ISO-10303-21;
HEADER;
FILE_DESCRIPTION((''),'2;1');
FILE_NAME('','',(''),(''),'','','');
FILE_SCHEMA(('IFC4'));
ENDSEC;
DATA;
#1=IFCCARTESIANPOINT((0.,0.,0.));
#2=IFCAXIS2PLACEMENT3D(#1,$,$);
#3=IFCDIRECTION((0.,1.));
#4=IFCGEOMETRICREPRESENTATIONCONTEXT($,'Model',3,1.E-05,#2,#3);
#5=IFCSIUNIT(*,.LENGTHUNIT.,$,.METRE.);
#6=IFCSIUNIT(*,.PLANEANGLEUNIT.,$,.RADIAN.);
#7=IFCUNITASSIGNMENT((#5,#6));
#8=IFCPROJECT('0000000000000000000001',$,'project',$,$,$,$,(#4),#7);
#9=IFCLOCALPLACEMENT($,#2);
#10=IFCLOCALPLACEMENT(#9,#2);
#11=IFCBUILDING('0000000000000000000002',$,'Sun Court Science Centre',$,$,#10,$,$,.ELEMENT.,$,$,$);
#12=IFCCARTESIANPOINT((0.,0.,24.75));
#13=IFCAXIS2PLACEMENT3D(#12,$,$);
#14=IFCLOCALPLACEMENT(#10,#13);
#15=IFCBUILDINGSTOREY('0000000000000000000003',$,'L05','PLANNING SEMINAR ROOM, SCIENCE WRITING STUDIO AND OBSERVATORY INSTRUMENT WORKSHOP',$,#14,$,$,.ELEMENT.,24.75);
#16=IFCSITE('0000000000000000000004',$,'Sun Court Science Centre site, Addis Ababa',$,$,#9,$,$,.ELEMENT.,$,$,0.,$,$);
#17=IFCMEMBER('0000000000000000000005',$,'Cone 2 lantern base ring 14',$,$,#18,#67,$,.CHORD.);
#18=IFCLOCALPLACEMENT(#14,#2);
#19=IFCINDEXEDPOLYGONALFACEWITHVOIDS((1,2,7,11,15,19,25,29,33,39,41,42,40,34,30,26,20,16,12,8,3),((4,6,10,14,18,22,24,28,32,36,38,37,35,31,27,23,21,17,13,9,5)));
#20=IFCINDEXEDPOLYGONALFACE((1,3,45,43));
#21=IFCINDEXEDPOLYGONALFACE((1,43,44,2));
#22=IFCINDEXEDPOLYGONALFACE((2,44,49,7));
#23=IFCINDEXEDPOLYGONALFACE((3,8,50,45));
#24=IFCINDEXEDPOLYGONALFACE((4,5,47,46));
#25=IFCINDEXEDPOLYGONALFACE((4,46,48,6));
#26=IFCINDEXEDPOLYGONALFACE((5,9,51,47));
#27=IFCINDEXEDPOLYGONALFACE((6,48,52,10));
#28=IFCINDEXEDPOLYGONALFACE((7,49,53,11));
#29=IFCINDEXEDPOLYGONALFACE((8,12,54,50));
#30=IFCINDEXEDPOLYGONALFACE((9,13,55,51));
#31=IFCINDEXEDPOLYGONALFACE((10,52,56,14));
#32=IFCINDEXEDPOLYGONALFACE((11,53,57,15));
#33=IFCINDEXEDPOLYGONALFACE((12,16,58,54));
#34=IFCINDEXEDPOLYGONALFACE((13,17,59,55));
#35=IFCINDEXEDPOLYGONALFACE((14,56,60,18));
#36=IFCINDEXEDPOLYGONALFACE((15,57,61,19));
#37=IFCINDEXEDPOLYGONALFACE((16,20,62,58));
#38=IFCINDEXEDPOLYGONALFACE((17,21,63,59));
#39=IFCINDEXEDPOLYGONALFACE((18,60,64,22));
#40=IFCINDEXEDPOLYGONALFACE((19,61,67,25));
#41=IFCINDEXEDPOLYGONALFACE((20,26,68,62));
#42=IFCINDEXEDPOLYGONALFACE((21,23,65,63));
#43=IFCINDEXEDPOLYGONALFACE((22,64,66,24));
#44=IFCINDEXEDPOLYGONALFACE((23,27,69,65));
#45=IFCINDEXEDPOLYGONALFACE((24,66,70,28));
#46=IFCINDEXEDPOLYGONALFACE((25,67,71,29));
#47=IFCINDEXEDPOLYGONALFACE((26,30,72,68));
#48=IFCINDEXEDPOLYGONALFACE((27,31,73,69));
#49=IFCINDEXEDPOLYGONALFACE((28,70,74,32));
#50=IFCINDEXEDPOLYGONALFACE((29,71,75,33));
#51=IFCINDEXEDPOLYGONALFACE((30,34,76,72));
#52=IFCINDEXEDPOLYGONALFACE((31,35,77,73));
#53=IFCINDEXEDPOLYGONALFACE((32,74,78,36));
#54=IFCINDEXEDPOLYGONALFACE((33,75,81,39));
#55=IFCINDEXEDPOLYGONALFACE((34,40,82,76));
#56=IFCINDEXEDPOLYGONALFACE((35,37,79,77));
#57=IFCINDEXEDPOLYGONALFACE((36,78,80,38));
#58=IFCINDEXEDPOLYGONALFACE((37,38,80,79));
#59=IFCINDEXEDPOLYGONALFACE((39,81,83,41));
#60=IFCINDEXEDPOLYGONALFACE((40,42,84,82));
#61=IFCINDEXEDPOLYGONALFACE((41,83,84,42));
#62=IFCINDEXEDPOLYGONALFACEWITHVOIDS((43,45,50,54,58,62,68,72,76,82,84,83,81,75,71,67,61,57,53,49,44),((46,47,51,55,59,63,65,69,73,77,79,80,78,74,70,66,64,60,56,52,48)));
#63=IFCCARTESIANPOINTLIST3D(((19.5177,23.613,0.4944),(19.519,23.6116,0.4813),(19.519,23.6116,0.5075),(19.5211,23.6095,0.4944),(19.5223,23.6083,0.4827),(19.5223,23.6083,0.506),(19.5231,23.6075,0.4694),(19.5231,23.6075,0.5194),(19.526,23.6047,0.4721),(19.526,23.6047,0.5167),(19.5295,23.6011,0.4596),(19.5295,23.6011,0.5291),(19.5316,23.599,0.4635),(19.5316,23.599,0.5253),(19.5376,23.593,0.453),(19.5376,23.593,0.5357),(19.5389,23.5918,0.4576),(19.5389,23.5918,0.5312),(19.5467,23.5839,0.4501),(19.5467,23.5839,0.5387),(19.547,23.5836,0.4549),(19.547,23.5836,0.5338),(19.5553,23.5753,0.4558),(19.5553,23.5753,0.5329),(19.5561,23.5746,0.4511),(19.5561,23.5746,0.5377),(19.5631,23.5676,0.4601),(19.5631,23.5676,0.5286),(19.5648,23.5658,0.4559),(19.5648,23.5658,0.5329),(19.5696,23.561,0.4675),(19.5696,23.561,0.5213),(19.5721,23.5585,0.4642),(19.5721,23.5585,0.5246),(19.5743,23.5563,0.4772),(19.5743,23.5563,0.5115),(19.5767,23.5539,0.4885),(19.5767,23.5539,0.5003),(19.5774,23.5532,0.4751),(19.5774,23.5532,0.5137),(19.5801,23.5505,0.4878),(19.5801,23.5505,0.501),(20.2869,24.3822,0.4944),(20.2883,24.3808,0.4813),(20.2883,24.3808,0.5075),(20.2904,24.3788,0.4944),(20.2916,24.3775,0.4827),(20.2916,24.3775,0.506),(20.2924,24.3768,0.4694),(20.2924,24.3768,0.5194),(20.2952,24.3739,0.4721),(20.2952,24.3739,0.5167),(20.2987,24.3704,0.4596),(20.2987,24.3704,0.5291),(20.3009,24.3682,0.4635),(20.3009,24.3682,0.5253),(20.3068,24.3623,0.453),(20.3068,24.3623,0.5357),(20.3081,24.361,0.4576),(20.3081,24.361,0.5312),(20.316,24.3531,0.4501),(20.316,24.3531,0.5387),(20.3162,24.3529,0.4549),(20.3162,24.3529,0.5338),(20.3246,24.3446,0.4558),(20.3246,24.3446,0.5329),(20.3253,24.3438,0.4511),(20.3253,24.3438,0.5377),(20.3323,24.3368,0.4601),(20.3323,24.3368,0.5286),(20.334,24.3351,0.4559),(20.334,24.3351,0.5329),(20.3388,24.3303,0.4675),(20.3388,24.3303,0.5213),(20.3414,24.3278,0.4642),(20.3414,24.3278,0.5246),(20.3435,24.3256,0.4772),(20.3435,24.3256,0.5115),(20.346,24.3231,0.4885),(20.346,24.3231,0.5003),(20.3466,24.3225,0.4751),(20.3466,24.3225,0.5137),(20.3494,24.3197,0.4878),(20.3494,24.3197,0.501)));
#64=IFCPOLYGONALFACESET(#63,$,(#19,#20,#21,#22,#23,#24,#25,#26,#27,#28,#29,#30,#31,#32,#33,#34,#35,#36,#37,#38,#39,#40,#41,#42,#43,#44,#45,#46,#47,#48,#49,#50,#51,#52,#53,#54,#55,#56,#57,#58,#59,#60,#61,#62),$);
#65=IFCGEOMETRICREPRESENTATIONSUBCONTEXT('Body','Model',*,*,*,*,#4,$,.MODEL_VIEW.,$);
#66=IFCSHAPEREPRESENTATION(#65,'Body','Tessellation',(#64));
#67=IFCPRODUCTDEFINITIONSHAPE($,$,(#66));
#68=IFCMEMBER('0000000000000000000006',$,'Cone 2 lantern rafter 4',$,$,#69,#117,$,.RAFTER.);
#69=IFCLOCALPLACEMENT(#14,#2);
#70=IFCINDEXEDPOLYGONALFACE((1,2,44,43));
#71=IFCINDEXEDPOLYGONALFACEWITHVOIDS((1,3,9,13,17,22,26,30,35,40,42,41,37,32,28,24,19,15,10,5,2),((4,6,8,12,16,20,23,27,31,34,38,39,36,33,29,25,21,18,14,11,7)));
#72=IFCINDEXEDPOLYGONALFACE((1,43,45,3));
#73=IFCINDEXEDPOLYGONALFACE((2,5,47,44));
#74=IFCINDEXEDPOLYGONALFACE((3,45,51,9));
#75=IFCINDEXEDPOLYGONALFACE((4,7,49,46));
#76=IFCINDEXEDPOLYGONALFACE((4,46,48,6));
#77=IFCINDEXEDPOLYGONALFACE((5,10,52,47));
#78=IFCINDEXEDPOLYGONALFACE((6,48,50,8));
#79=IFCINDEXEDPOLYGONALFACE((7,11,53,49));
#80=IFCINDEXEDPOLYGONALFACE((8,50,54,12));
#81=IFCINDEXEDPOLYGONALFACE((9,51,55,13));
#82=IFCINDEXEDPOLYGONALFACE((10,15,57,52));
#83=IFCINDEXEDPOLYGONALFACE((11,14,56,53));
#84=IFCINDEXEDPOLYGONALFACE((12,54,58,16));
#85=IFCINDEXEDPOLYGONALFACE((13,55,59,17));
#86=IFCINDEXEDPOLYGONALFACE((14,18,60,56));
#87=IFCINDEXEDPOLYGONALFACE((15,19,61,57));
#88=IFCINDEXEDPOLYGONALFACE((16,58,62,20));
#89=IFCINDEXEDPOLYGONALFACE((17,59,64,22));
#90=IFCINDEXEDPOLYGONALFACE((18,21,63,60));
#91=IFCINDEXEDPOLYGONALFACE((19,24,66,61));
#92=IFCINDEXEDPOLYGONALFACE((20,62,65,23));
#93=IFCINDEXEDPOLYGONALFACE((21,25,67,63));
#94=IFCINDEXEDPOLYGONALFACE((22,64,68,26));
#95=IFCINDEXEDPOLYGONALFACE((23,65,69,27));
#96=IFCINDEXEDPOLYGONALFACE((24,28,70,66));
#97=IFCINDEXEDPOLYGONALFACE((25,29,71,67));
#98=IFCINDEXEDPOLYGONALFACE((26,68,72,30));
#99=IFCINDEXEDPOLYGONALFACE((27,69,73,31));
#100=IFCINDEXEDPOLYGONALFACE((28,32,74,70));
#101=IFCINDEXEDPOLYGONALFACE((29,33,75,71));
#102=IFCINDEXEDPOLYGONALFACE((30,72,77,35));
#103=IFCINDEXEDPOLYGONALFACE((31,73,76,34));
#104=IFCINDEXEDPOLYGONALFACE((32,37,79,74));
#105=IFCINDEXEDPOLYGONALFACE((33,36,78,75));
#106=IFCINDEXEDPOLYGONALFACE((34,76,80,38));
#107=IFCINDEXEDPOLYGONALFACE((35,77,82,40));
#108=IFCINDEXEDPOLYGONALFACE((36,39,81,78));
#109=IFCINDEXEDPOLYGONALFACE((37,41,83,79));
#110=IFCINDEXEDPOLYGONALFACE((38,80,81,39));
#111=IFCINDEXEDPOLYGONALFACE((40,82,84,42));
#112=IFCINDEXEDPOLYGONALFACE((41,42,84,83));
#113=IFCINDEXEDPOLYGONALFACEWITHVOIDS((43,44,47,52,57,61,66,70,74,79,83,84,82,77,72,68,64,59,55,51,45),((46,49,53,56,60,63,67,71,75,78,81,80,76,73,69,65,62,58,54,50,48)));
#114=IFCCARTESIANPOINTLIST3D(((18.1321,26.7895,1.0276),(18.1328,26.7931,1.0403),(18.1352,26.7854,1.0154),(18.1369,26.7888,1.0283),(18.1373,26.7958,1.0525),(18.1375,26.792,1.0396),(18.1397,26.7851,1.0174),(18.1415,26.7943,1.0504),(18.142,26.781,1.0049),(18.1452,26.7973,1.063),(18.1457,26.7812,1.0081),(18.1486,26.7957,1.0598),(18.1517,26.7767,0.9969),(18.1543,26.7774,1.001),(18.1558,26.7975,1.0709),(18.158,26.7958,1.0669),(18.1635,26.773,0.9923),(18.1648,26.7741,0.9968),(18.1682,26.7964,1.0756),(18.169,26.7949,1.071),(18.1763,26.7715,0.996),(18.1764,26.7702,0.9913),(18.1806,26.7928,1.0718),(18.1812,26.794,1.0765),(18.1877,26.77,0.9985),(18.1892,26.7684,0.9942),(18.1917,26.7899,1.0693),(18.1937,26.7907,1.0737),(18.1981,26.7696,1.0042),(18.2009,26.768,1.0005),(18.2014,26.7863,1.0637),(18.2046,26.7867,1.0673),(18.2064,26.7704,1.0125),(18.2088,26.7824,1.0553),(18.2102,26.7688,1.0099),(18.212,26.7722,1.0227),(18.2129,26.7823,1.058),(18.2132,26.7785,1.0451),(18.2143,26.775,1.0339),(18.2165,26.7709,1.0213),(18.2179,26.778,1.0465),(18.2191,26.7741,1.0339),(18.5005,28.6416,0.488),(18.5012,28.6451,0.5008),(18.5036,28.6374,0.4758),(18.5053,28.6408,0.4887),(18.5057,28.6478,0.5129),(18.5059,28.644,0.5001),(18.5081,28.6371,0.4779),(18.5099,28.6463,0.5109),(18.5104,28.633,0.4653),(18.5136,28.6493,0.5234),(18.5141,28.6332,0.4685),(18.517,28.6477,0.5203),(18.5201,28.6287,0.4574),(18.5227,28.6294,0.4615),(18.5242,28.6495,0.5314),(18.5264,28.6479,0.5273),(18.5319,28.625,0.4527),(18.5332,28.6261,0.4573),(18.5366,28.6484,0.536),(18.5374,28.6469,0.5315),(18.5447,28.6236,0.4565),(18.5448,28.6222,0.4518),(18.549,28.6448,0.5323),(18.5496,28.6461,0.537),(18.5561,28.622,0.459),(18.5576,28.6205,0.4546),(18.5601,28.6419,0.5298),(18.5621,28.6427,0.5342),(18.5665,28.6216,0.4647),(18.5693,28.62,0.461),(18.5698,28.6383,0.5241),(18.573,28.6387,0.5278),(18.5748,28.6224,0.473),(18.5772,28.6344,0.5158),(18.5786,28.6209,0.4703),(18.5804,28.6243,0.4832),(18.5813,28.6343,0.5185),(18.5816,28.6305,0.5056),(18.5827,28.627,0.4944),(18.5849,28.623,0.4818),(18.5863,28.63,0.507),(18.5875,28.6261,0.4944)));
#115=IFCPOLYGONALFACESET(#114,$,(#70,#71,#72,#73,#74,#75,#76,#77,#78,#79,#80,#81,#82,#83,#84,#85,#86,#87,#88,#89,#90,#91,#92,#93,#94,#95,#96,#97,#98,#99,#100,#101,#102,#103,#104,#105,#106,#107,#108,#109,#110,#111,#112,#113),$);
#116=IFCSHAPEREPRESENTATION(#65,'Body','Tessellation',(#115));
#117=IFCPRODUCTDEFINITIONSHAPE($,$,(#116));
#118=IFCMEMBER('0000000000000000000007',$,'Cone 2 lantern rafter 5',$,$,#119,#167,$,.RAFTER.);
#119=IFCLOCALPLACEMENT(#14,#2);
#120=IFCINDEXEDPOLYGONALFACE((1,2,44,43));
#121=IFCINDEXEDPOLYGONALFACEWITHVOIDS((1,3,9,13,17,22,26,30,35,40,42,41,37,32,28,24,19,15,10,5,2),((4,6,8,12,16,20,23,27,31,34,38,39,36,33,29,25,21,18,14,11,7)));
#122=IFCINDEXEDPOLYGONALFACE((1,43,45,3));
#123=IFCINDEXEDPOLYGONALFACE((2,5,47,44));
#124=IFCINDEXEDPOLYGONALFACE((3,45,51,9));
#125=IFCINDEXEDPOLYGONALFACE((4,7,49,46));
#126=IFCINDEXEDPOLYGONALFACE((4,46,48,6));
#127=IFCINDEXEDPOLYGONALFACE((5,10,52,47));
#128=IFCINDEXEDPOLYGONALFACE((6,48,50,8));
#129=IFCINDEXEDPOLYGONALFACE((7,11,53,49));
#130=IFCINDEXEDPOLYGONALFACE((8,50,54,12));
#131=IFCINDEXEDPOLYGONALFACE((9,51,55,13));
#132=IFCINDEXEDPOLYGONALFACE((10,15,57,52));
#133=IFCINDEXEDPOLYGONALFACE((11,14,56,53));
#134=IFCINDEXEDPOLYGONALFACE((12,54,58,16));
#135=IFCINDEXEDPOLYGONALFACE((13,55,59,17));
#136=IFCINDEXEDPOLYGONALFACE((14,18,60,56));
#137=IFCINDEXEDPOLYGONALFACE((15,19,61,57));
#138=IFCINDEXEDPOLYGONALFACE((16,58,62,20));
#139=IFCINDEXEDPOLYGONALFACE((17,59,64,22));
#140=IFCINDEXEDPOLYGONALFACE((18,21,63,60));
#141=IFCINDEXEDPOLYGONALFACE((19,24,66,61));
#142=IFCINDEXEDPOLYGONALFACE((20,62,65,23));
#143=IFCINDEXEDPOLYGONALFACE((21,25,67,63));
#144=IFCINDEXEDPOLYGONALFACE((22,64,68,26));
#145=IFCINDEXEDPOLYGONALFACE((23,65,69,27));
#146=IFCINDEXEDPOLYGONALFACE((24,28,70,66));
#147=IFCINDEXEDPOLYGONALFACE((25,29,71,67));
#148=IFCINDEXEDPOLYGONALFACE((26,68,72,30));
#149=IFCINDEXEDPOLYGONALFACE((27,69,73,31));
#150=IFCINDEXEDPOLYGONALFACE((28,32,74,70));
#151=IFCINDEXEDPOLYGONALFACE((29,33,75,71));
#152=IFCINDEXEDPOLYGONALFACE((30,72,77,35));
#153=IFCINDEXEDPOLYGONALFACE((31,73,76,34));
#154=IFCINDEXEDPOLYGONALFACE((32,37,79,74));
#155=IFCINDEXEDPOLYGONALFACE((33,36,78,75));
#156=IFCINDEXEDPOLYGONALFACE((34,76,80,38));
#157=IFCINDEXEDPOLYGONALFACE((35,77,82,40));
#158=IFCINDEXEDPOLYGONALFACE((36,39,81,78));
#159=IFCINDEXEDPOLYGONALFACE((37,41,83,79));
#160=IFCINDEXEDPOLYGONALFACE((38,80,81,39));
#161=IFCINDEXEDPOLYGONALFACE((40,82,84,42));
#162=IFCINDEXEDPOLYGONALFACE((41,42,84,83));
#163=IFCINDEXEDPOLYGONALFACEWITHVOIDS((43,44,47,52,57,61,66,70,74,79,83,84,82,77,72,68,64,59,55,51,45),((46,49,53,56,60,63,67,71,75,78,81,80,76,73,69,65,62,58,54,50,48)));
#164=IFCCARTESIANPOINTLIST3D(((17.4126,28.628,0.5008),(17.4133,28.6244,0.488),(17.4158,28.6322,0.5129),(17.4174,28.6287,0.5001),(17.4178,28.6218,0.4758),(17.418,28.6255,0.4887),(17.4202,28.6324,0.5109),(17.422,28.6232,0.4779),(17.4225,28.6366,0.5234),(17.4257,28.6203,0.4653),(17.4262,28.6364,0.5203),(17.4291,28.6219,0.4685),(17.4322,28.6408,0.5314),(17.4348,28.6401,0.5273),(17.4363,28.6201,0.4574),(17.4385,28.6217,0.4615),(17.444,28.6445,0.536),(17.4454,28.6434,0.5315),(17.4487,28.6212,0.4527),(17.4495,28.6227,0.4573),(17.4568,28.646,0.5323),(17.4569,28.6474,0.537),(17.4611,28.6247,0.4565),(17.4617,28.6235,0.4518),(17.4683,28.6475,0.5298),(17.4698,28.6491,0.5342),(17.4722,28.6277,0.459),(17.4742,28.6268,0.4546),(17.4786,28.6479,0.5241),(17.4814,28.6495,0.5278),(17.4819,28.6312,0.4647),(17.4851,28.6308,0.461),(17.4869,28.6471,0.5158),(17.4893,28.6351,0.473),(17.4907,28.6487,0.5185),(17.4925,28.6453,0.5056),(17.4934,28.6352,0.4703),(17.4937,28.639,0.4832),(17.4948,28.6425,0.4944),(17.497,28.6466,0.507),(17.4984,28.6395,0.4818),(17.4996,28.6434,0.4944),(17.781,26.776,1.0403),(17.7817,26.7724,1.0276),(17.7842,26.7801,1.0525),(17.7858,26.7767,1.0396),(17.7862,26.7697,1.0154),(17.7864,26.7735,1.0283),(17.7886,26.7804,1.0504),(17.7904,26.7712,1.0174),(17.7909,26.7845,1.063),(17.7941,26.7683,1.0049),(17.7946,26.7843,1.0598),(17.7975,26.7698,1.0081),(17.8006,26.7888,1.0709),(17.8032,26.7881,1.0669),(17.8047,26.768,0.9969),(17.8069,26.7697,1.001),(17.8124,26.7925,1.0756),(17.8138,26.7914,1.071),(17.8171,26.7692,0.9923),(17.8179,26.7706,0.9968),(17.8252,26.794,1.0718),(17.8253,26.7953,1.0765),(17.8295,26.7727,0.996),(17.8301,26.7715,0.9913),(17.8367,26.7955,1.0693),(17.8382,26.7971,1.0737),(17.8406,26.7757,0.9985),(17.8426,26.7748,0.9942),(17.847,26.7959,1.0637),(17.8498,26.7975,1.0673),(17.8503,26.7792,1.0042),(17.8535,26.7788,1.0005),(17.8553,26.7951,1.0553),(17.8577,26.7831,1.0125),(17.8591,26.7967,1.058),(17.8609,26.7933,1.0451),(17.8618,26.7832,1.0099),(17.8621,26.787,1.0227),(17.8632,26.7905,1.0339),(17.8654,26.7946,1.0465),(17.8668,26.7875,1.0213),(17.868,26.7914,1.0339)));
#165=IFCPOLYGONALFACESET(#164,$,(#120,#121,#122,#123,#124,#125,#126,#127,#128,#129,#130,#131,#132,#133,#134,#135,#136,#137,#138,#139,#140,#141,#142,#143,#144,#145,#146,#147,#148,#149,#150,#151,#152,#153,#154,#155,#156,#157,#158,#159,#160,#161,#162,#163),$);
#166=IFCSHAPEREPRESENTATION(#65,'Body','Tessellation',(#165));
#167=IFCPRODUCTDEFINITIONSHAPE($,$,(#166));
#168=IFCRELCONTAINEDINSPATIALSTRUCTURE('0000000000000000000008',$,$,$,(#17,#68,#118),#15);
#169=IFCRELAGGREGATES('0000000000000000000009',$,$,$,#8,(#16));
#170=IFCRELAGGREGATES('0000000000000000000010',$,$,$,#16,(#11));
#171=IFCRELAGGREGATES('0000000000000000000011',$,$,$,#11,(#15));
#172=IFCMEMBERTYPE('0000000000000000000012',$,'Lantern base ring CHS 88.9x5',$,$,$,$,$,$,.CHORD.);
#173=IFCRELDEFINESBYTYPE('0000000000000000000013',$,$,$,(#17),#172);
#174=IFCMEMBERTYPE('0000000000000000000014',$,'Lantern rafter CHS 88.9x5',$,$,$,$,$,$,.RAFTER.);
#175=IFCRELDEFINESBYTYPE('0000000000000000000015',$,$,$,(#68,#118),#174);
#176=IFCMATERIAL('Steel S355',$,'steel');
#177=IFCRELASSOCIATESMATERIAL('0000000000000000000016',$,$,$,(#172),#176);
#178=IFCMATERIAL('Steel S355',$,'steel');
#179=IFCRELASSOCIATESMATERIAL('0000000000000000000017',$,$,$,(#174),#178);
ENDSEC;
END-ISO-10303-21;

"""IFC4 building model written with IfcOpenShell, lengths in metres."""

from ifc_helpers import new_model, si_unit, direction, frame, origin, origin_2d, place, context, subcontext, project, spatial, hollow_circle, extrude, material, material_profile, profile_set, type_object, element, save


model = new_model("IFC4")

# Units and contexts
model_context = context("Model", 3, precision=1e-05, world=origin(), true_north=direction((0.0, 1.0)))
body_context = subcontext(model_context, "Body", "Model", "MODEL_VIEW")
ifc_project = project(units=[si_unit("LENGTHUNIT", "METRE"), si_unit("PLANEANGLEUNIT", "RADIAN")], contexts=[model_context])

# Site, building, storey
site_placement = place(None, origin())
site = spatial("IfcSite", under=ifc_project, at=site_placement, Name="Sun Court Science Centre site, Addis Ababa", CompositionType="ELEMENT", RefElevation=0.0)
building_placement = place(site_placement, origin())
building = spatial("IfcBuilding", under=site, at=building_placement, Name="Sun Court Science Centre", CompositionType="ELEMENT")
storey_placement = place(building_placement, frame((0.0, 0.0, 24.75)))
storey = spatial("IfcBuildingStorey", under=building, at=storey_placement, Name="L05", Description="PLANNING SEMINAR ROOM, SCIENCE WRITING STUDIO AND OBSERVATORY INSTRUMENT WORKSHOP", CompositionType="ELEMENT", Elevation=24.75)

# Members
ifc_material_1 = material(Name="Steel S355", Category="steel")
ifc_material_profile_1 = material_profile(ifc_material_1, hollow_circle(Radius=0.0444, WallThickness=0.0049, at=origin_2d()), Name="CHS 88.9x5")
ifc_profile_set_1 = profile_set([ifc_material_profile_1], Name="Steel S355")
member_type_1 = type_object("IfcMemberType", Name="Lantern base ring CHS 88.9x5", PredefinedType="CHORD", material=ifc_profile_set_1)
for number, where, z_axis, x_axis, name in (
    (1, (19.5491, 23.5815, 0.4944), (0.707107, 0.707107, 0.0), (-0.707107, 0.707107, 0.0), "Cone 2 lantern base ring 14"),
):
    element("IfcMember", number, at=place(storey_placement, frame(where, z_axis=z_axis, x_axis=x_axis)), inside=storey, type_object=member_type_1, Name=name, PredefinedType="CHORD", context=body_context, shape_type="SweptSolid", body=[
        extrude(hollow_circle(Radius=0.0444, WallThickness=0.0049, at=origin_2d()), origin(), (0.0, 0.0, 1.0), 1.0879),
    ])
ifc_material_2 = material(Name="Steel S355", Category="steel")
ifc_material_profile_2 = material_profile(ifc_material_2, hollow_circle(Radius=0.0444, WallThickness=0.0049, at=origin_2d()), Name="CHS 88.9x5")
ifc_profile_set_2 = profile_set([ifc_material_profile_2], Name="Steel S355")
member_type_2 = type_object("IfcMemberType", Name="Lantern rafter CHS 88.9x5", PredefinedType="RAFTER", material=ifc_profile_set_2)
for number, where, z_axis, x_axis, name in (
    (2, (18.5439, 28.6348, 0.4944), (-0.187589, -0.943044, 0.274733), (0.980784, -0.195097, 0.0), "Cone 2 lantern rafter 4"),
    (3, (17.4561, 28.6348, 0.4944), (0.187589, -0.943044, 0.274733), (0.980784, 0.195097, 0.0), "Cone 2 lantern rafter 5"),
):
    element("IfcMember", number, at=place(storey_placement, frame(where, z_axis=z_axis, x_axis=x_axis)), inside=storey, type_object=member_type_2, Name=name, PredefinedType="RAFTER", context=body_context, shape_type="SweptSolid", body=[
        extrude(hollow_circle(Radius=0.0444, WallThickness=0.0049, at=origin_2d()), origin(), (0.0, 0.0, 1.0), 1.9639),
    ])

save(model, "model.ifc")
